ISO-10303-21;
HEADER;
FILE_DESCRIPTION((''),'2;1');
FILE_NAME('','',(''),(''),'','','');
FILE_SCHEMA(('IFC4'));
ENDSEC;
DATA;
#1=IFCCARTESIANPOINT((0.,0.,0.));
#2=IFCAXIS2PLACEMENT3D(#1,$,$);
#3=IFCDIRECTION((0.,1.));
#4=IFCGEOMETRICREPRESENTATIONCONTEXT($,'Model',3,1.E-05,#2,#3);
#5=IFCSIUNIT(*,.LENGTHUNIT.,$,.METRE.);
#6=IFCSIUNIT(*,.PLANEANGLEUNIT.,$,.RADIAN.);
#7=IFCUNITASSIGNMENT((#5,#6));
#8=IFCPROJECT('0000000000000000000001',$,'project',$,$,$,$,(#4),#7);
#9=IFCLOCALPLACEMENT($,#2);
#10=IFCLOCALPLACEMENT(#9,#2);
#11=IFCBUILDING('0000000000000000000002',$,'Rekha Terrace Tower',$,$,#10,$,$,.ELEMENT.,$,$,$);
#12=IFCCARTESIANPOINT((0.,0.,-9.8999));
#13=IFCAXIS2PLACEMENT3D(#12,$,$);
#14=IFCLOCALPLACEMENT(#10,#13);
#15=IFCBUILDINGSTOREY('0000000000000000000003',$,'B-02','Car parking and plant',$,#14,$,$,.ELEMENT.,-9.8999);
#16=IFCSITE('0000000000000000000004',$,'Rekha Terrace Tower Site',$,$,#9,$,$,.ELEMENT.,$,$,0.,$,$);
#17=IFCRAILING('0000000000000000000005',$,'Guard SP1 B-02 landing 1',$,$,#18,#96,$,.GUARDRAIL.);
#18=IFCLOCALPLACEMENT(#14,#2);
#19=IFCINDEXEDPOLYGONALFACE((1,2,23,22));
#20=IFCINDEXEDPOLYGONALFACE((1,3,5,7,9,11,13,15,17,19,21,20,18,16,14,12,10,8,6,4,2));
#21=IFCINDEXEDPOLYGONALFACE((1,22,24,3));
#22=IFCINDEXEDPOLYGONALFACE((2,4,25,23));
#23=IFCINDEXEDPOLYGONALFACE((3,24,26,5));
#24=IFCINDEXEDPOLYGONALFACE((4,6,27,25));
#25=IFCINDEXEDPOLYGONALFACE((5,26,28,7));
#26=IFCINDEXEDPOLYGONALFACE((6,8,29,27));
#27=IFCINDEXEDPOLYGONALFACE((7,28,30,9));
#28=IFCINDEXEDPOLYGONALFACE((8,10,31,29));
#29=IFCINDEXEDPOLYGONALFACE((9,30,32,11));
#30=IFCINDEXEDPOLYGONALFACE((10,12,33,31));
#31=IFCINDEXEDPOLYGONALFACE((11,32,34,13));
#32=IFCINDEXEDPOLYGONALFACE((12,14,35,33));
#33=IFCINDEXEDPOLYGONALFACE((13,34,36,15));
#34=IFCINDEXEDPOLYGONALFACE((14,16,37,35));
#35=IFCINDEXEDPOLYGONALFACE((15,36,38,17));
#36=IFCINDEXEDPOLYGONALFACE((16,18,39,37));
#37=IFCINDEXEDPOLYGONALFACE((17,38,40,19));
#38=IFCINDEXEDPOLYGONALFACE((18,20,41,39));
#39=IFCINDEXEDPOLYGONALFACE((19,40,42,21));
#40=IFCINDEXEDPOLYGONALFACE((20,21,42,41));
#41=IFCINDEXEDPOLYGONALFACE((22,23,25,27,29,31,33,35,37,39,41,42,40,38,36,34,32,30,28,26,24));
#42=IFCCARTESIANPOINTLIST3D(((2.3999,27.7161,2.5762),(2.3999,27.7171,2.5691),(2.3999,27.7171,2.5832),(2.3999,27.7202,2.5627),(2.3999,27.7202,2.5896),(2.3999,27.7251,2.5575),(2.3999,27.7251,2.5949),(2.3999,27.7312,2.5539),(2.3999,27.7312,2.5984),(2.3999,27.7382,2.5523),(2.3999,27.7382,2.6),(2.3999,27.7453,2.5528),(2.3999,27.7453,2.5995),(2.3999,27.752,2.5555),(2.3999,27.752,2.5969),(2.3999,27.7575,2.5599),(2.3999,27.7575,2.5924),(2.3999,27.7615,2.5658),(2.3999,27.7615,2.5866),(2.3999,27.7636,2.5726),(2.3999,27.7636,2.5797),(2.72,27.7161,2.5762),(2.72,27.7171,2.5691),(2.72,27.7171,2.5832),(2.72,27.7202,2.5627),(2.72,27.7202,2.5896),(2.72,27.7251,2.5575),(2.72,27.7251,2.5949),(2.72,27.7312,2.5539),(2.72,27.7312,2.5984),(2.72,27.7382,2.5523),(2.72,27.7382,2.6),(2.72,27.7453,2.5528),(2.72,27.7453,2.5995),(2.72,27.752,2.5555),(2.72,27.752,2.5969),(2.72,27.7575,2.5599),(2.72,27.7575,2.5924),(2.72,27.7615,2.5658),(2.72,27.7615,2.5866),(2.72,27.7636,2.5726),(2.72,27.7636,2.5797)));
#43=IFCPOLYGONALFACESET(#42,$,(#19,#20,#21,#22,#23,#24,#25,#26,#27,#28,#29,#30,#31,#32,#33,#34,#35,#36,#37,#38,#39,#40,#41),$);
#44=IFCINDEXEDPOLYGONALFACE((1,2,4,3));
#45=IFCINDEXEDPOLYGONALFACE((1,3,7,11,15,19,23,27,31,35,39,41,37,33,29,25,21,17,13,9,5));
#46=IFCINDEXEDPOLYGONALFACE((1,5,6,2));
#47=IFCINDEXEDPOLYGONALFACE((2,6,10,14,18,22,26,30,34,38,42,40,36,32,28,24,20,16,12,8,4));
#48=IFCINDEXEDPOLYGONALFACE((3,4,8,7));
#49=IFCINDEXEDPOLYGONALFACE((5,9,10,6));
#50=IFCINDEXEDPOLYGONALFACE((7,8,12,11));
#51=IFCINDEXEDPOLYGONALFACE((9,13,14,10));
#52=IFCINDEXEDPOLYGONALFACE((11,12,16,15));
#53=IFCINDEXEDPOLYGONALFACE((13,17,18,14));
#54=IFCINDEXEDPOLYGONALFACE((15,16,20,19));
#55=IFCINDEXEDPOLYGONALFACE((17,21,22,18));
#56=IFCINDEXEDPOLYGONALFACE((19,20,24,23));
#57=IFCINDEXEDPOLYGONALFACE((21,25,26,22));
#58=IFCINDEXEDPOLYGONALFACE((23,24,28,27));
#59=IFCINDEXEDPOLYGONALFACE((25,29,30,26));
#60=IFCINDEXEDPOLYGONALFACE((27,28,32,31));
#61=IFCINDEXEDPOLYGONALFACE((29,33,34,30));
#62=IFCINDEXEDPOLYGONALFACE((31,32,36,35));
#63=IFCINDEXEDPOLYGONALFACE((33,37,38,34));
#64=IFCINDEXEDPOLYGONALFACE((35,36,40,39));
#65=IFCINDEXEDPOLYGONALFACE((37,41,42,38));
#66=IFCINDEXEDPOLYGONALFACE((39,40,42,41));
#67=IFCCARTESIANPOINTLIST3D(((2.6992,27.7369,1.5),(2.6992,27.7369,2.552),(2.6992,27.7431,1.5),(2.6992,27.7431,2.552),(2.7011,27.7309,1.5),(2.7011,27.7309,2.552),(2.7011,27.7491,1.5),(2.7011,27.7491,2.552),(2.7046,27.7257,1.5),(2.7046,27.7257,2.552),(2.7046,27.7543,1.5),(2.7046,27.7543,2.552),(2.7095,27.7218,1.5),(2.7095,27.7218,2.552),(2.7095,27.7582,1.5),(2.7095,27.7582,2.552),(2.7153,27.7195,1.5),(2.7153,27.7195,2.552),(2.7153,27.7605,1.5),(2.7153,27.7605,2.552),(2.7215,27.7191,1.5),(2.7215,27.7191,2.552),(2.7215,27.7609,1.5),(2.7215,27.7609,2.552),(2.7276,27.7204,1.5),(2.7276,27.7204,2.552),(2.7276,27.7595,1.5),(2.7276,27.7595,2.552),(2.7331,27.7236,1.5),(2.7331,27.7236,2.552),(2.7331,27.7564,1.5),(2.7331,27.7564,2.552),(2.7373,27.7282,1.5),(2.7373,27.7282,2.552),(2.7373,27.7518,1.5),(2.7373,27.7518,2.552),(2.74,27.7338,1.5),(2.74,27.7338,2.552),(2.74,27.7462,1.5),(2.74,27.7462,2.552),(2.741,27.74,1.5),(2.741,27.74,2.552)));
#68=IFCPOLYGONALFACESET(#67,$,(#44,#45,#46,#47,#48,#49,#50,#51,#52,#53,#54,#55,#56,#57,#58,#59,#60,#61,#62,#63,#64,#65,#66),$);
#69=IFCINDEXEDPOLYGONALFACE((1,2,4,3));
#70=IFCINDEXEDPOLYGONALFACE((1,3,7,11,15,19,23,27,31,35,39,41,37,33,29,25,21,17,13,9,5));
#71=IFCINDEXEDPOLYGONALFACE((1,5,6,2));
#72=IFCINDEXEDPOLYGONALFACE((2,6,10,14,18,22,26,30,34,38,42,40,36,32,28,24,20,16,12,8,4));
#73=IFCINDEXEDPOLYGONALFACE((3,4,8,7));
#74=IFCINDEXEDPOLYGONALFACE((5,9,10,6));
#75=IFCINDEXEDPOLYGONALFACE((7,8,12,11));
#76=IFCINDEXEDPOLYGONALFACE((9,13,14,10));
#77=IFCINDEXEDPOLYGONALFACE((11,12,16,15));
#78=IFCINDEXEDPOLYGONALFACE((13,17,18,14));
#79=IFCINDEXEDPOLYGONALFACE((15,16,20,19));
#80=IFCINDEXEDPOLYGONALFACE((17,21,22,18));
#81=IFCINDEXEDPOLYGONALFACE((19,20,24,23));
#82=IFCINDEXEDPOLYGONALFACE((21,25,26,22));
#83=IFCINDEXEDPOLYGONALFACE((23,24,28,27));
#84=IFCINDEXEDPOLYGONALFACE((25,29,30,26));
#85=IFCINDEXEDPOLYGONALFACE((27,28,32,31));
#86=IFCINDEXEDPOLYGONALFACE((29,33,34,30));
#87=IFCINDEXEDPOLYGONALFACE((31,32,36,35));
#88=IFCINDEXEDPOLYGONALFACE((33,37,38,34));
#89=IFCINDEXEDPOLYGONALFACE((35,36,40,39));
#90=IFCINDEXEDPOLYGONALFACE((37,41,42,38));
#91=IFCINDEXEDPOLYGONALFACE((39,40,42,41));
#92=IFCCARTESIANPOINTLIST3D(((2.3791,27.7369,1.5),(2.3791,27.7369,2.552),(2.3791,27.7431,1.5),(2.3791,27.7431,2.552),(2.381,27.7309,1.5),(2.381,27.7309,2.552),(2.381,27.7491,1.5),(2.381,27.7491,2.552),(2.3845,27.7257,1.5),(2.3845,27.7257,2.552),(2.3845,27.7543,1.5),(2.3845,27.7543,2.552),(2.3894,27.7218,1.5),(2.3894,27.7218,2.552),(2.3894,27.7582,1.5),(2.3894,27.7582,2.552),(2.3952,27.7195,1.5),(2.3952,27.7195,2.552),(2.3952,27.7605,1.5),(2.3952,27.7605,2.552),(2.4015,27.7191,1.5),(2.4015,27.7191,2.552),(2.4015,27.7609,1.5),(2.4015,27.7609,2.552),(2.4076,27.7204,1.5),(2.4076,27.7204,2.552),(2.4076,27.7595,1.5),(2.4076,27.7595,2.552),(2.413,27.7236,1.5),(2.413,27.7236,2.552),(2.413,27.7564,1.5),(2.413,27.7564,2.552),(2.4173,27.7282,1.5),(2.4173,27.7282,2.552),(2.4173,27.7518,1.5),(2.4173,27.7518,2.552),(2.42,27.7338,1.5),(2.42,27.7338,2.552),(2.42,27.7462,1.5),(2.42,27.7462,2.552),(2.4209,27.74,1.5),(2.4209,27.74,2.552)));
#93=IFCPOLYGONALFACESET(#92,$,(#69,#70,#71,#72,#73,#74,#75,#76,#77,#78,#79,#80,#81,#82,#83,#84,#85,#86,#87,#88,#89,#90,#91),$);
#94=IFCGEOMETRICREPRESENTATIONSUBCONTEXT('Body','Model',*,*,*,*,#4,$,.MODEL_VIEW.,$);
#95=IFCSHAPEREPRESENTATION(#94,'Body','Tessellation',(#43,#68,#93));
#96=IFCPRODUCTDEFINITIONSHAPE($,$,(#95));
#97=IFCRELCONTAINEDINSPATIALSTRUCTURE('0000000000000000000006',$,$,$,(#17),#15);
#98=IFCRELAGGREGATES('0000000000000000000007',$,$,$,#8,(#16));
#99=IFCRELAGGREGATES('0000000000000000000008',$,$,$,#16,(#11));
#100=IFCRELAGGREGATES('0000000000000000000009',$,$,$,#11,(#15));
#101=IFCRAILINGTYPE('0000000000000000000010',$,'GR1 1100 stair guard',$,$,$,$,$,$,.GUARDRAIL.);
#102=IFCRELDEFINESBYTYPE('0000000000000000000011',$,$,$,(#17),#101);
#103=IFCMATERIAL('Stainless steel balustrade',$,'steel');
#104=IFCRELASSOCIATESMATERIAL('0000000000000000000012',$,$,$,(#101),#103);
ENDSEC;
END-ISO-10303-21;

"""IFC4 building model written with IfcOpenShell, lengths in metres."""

from ifc_helpers import new_model, si_unit, direction, frame, origin, origin_2d, place, context, subcontext, project, spatial, circle, extrude, material, type_object, element, save


model = new_model("IFC4")

# Units and contexts
model_context = context("Model", 3, precision=1e-05, world=origin(), true_north=direction((0.0, 1.0)))
body_context = subcontext(model_context, "Body", "Model", "MODEL_VIEW")
ifc_project = project(units=[si_unit("LENGTHUNIT", "METRE"), si_unit("PLANEANGLEUNIT", "RADIAN")], contexts=[model_context])

# Site, building, storey
site_placement = place(None, origin())
site = spatial("IfcSite", under=ifc_project, at=site_placement, Name="Rekha Terrace Tower Site", CompositionType="ELEMENT", RefElevation=0.0)
building_placement = place(site_placement, origin())
building = spatial("IfcBuilding", under=site, at=building_placement, Name="Rekha Terrace Tower", CompositionType="ELEMENT")
storey_placement = place(building_placement, frame((0.0, 0.0, -9.8999)))
storey = spatial("IfcBuildingStorey", under=building, at=storey_placement, Name="B-02", Description="Car parking and plant", CompositionType="ELEMENT", Elevation=-9.8999)

# Railing
ifc_material_1 = material(Name="Stainless steel balustrade", Category="steel")
railing_type_1 = type_object("IfcRailingType", Name="GR1 1100 stair guard", PredefinedType="GUARDRAIL", material=ifc_material_1)
railing_1_placement = place(storey_placement, frame((2.72, 27.74, 1.5)))
element("IfcRailing", 1, at=railing_1_placement, inside=storey, type_object=railing_type_1, Name="Guard SP1 B-02 landing 1", PredefinedType="GUARDRAIL", context=body_context, shape_type="SweptSolid", body=[
    extrude(circle(Radius=0.0239, at=origin_2d()), frame((0.0, 0.0, 1.0762), z_axis=(-1.0, 0.0, 0.0), x_axis=(0.0, -1.0, 0.0)), (0.0, 0.0, 1.0), 0.3201),
    extrude(circle(Radius=0.021, at=origin_2d()), origin(), (0.0, 0.0, 1.0), 1.052),
    extrude(circle(Radius=0.021, at=origin_2d()), frame((-0.3201, 0.0, 0.0)), (0.0, 0.0, 1.0), 1.052),
])

save(model, "model.ifc")
